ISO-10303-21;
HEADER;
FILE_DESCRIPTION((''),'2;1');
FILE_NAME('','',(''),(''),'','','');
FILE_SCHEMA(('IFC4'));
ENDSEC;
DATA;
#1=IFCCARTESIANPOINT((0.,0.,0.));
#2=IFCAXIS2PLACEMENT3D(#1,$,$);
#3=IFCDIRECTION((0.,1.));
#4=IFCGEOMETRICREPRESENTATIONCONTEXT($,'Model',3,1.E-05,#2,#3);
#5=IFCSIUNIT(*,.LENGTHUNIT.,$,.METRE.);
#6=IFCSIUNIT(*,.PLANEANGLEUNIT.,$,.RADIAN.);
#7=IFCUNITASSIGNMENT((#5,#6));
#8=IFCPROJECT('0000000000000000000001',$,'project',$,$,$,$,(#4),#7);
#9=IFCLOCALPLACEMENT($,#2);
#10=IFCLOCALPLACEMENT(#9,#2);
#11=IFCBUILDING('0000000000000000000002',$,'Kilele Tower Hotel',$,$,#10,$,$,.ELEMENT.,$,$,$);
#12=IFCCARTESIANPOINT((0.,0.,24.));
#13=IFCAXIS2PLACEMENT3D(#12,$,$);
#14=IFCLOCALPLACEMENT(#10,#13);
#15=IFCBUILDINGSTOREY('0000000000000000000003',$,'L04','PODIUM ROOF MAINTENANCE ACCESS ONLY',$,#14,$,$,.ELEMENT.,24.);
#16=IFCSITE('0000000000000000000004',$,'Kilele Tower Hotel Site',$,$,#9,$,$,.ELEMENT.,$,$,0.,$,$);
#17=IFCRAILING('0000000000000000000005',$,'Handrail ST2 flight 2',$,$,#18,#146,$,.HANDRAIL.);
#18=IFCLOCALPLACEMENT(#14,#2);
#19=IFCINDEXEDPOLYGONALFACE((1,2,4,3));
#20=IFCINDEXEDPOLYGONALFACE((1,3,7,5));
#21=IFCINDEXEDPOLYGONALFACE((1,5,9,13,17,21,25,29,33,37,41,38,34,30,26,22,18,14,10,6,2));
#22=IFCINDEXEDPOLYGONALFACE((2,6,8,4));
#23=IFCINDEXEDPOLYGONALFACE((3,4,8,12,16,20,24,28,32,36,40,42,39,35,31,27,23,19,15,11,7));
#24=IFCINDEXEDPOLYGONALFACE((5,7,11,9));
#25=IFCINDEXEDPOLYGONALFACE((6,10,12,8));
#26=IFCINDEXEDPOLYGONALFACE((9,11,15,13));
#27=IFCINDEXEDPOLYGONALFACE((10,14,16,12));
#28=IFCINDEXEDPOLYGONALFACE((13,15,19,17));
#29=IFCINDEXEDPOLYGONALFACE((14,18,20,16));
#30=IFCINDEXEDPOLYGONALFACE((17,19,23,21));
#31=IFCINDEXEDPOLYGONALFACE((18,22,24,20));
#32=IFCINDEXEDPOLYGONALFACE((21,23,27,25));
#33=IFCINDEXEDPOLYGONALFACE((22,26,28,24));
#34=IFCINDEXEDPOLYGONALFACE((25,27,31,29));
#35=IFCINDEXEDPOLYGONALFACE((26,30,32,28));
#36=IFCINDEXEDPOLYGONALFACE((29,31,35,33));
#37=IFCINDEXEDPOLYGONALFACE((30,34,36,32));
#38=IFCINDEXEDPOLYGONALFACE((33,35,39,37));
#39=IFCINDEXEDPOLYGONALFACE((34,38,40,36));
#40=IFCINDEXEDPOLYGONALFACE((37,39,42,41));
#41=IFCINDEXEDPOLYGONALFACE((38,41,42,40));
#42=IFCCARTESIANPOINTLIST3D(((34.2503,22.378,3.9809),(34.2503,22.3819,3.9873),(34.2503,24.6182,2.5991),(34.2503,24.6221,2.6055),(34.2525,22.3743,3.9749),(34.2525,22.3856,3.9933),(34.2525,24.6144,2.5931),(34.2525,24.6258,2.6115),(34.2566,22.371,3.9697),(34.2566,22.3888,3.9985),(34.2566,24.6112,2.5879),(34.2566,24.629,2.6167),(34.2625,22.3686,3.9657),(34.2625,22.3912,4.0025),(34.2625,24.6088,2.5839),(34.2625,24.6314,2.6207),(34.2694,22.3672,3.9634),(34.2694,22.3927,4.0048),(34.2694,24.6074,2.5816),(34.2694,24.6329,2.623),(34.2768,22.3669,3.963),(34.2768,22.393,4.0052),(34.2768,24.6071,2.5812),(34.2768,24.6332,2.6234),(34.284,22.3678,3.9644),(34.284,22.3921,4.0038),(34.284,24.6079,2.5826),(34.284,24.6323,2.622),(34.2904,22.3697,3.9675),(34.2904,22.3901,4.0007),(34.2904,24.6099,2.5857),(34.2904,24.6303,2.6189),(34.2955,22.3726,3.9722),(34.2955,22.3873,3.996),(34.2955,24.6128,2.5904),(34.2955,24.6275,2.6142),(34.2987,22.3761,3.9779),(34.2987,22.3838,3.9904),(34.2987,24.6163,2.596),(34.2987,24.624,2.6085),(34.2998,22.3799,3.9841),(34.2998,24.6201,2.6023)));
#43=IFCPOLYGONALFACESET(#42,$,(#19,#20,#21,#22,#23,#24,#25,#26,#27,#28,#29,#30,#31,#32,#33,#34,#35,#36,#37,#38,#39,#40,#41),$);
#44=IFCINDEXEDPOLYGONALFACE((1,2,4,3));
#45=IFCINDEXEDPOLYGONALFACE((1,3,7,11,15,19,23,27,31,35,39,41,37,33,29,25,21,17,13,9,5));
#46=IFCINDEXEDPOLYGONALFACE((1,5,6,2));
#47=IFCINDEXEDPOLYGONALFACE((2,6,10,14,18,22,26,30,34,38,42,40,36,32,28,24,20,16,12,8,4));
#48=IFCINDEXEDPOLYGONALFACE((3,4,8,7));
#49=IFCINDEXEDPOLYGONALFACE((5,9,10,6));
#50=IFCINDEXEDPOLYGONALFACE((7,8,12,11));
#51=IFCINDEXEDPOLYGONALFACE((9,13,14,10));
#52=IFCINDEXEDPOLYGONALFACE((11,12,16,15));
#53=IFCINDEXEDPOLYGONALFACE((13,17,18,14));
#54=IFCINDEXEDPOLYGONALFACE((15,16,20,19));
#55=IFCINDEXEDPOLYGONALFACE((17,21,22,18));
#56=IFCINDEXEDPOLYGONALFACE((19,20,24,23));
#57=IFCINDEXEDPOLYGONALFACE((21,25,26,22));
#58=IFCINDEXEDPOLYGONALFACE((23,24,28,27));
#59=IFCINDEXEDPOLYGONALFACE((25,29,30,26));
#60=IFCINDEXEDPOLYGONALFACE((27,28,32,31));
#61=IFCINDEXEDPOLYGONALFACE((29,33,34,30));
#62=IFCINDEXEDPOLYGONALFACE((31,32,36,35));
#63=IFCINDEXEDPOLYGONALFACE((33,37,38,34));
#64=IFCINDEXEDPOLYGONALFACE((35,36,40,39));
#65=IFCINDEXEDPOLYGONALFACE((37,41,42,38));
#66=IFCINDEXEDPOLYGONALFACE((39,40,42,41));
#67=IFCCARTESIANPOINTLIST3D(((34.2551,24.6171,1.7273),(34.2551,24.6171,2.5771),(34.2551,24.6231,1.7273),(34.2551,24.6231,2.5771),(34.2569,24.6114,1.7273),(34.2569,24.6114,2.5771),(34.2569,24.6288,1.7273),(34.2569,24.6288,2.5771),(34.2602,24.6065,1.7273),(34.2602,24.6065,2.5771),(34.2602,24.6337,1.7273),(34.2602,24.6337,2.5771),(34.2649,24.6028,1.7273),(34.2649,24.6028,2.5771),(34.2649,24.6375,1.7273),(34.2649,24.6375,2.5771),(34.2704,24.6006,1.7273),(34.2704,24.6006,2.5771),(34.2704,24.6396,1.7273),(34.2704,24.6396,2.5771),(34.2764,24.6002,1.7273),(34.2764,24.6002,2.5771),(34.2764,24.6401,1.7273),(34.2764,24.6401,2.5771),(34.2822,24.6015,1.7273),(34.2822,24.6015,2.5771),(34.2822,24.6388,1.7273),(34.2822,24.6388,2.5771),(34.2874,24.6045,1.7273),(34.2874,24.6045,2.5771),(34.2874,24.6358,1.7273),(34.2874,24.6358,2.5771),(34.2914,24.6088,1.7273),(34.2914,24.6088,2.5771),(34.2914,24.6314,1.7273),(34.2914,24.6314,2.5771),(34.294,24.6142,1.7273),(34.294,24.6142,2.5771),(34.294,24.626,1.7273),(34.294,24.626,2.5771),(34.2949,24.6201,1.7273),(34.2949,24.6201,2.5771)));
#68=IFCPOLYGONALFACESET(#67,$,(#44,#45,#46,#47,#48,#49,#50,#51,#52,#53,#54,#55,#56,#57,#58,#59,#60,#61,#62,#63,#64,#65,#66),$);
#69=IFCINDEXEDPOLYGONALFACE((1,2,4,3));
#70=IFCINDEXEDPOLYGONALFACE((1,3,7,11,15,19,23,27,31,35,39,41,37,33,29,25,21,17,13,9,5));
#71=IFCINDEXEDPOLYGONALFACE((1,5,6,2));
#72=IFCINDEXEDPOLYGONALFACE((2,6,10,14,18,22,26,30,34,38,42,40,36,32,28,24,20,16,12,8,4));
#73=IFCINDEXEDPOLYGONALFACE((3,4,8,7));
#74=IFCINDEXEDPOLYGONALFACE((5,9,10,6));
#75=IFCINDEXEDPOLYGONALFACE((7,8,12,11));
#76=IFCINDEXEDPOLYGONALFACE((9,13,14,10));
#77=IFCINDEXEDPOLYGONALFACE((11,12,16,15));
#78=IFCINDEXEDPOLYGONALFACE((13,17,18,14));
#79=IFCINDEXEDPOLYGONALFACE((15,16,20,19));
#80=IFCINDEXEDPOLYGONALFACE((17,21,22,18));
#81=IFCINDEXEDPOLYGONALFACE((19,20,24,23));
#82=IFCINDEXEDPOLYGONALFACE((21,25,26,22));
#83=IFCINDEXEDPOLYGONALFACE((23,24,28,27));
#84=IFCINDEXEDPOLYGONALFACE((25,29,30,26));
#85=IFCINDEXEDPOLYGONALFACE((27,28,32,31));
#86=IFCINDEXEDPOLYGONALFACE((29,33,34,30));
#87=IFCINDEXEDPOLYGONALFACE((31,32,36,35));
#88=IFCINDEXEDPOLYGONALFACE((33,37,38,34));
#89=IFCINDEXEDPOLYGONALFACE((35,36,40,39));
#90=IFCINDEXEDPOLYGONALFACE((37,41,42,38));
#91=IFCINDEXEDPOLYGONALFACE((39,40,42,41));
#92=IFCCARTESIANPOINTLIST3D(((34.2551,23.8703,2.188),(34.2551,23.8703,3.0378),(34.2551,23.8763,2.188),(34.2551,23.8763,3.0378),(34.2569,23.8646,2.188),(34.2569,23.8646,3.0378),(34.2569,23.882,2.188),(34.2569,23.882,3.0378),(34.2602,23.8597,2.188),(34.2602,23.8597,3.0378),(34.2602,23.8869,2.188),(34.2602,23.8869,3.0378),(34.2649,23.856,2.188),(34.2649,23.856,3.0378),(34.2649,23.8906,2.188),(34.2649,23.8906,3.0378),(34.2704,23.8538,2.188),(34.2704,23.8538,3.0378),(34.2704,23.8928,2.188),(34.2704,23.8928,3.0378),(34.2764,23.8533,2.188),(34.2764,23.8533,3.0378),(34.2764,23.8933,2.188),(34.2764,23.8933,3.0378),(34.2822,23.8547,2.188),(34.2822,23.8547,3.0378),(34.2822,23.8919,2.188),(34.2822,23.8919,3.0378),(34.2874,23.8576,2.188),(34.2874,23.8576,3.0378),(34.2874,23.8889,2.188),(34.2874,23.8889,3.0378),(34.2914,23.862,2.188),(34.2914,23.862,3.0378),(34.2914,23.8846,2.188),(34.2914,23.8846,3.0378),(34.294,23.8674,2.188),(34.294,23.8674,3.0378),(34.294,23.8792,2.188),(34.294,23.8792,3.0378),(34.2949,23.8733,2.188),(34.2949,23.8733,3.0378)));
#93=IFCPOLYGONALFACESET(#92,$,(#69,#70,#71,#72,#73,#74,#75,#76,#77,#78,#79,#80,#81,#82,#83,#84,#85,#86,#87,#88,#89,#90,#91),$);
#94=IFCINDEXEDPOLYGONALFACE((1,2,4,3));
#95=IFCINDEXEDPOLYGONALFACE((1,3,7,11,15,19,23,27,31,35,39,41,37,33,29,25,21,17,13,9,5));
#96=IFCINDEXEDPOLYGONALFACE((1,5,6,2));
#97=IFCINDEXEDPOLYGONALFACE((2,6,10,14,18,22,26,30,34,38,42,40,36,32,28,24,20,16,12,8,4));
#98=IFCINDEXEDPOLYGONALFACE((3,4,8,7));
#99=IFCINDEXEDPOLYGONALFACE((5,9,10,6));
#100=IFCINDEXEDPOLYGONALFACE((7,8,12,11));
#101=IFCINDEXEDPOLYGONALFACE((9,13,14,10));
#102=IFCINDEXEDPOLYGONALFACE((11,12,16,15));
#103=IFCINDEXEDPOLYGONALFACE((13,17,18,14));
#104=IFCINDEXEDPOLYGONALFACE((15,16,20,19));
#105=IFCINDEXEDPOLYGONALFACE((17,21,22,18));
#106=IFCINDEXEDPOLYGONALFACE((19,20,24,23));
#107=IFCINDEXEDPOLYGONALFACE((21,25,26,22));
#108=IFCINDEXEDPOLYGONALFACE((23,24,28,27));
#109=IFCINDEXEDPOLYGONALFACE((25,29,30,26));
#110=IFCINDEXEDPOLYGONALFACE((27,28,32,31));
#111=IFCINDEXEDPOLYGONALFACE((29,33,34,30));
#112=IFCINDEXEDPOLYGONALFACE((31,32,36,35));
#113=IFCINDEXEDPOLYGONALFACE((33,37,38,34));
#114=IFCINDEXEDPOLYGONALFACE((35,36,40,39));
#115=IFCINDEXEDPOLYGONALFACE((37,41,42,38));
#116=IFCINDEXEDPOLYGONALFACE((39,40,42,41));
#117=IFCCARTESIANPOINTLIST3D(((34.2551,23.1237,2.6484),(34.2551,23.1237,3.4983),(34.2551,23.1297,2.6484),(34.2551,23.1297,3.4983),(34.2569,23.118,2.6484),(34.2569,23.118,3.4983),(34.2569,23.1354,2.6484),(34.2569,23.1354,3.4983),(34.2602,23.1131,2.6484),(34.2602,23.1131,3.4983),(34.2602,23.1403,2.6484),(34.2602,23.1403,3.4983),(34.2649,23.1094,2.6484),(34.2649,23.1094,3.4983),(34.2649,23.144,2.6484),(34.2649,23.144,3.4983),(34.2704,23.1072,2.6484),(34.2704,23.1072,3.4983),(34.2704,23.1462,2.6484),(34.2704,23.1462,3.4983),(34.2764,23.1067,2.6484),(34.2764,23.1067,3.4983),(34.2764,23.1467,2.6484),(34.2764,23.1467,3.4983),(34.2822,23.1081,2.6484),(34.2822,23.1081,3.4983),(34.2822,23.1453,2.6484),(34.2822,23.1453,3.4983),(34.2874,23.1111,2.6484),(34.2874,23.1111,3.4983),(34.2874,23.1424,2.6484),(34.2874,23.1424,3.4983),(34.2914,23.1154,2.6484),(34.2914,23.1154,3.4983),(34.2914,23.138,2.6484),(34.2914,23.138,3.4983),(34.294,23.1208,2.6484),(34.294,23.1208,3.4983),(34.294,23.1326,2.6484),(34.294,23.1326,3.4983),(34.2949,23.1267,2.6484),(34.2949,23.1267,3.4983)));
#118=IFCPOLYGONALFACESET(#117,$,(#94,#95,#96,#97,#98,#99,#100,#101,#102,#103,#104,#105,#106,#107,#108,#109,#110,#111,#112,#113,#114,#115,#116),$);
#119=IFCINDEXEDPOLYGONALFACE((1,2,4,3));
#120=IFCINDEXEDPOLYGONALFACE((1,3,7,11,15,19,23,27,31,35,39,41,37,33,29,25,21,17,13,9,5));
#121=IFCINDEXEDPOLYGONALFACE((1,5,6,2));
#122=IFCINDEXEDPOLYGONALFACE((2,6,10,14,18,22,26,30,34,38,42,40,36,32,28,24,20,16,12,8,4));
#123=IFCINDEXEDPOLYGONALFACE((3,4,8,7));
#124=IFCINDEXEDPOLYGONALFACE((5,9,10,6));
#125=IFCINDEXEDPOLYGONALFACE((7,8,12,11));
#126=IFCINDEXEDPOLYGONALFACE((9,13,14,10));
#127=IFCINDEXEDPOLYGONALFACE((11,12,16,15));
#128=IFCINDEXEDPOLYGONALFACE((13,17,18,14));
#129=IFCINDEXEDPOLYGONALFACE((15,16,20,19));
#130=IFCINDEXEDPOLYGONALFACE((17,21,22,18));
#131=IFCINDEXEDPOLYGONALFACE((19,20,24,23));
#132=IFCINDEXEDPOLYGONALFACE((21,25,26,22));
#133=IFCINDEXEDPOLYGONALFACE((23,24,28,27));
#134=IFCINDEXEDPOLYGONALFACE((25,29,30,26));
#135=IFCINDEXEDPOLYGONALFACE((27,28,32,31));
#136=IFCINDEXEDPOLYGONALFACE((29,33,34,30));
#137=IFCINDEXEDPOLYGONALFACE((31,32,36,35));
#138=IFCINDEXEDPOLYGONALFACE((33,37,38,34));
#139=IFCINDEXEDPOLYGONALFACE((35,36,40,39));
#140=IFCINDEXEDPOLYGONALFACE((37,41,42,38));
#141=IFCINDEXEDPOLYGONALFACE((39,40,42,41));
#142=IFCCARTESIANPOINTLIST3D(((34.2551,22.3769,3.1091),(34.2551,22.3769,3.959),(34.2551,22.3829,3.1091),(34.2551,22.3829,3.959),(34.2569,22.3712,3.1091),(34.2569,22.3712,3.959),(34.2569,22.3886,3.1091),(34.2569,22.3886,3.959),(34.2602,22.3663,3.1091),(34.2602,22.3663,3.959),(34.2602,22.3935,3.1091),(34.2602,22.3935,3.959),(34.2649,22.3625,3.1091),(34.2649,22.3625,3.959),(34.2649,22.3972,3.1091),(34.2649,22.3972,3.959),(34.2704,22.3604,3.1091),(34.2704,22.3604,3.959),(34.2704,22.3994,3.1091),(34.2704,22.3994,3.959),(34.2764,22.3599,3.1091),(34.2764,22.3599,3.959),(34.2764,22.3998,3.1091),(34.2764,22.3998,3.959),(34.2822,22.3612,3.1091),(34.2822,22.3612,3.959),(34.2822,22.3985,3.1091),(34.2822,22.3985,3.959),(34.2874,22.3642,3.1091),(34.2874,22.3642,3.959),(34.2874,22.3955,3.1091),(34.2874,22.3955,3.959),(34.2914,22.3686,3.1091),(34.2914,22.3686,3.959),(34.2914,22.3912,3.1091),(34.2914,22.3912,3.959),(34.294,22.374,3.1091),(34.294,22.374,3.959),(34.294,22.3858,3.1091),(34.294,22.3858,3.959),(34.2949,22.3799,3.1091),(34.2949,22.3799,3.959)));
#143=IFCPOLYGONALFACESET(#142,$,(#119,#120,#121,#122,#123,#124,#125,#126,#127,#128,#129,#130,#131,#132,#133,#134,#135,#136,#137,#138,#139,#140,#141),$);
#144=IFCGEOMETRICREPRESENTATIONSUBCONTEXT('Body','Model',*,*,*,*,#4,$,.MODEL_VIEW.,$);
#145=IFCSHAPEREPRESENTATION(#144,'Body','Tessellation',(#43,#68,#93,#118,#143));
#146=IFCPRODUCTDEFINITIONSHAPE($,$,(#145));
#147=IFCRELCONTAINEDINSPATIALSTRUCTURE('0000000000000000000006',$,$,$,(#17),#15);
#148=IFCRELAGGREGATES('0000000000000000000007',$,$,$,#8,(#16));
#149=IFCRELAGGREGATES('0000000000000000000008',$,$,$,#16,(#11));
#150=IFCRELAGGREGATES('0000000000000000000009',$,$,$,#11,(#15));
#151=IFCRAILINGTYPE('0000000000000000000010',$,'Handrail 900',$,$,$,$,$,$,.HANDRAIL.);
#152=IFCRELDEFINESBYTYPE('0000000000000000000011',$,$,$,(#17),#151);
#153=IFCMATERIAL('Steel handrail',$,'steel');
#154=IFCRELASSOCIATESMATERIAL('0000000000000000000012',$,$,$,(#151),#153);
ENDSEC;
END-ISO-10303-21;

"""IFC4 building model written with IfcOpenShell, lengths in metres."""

from ifc_helpers import new_model, si_unit, direction, frame, origin, origin_2d, place, context, subcontext, project, spatial, circle, extrude, material, type_object, element, save


model = new_model("IFC4")

# Units and contexts
model_context = context("Model", 3, precision=1e-05, world=origin(), true_north=direction((0.0, 1.0)))
body_context = subcontext(model_context, "Body", "Model", "MODEL_VIEW")
ifc_project = project(units=[si_unit("LENGTHUNIT", "METRE"), si_unit("PLANEANGLEUNIT", "RADIAN")], contexts=[model_context])

# Site, building, storey
site_placement = place(None, origin())
site = spatial("IfcSite", under=ifc_project, at=site_placement, Name="Kilele Tower Hotel Site", CompositionType="ELEMENT", RefElevation=0.0)
building_placement = place(site_placement, origin())
building = spatial("IfcBuilding", under=site, at=building_placement, Name="Kilele Tower Hotel", CompositionType="ELEMENT")
storey_placement = place(building_placement, frame((0.0, 0.0, 24.0)))
storey = spatial("IfcBuildingStorey", under=building, at=storey_placement, Name="L04", Description="PODIUM ROOF MAINTENANCE ACCESS ONLY", CompositionType="ELEMENT", Elevation=24.0)

# Railing
ifc_material_1 = material(Name="Steel handrail", Category="steel")
railing_type_1 = type_object("IfcRailingType", Name="Handrail 900", PredefinedType="HANDRAIL", material=ifc_material_1)
for number, where, name in (
    (1, (34.2749, 24.6201, 1.7273), "Handrail ST2 flight 2"),
):
    element("IfcRailing", number, at=place(storey_placement, frame(where)), inside=storey, type_object=railing_type_1, Name=name, PredefinedType="HANDRAIL", context=body_context, shape_type="SweptSolid", body=[
        extrude(circle(Radius=0.0249, at=origin_2d()), frame((0.0, 0.0, 0.875), z_axis=(0.0, -0.85111, 0.524987), x_axis=(1.0, 0.0, 0.0)), (0.0, 0.0, 1.0), 2.6321),
        extrude(circle(Radius=0.02, at=origin_2d()), origin(), (0.0, 0.0, 1.0), 0.8499),
        extrude(circle(Radius=0.02, at=origin_2d()), frame((0.0, -0.7468, 0.4607)), (0.0, 0.0, 1.0), 0.8499),
        extrude(circle(Radius=0.02, at=origin_2d()), frame((0.0, -1.4934, 0.9211)), (0.0, 0.0, 1.0), 0.8499),
        extrude(circle(Radius=0.02, at=origin_2d()), frame((0.0, -2.2402, 1.3818)), (0.0, 0.0, 1.0), 0.8499),
    ])

save(model, "model.ifc")
